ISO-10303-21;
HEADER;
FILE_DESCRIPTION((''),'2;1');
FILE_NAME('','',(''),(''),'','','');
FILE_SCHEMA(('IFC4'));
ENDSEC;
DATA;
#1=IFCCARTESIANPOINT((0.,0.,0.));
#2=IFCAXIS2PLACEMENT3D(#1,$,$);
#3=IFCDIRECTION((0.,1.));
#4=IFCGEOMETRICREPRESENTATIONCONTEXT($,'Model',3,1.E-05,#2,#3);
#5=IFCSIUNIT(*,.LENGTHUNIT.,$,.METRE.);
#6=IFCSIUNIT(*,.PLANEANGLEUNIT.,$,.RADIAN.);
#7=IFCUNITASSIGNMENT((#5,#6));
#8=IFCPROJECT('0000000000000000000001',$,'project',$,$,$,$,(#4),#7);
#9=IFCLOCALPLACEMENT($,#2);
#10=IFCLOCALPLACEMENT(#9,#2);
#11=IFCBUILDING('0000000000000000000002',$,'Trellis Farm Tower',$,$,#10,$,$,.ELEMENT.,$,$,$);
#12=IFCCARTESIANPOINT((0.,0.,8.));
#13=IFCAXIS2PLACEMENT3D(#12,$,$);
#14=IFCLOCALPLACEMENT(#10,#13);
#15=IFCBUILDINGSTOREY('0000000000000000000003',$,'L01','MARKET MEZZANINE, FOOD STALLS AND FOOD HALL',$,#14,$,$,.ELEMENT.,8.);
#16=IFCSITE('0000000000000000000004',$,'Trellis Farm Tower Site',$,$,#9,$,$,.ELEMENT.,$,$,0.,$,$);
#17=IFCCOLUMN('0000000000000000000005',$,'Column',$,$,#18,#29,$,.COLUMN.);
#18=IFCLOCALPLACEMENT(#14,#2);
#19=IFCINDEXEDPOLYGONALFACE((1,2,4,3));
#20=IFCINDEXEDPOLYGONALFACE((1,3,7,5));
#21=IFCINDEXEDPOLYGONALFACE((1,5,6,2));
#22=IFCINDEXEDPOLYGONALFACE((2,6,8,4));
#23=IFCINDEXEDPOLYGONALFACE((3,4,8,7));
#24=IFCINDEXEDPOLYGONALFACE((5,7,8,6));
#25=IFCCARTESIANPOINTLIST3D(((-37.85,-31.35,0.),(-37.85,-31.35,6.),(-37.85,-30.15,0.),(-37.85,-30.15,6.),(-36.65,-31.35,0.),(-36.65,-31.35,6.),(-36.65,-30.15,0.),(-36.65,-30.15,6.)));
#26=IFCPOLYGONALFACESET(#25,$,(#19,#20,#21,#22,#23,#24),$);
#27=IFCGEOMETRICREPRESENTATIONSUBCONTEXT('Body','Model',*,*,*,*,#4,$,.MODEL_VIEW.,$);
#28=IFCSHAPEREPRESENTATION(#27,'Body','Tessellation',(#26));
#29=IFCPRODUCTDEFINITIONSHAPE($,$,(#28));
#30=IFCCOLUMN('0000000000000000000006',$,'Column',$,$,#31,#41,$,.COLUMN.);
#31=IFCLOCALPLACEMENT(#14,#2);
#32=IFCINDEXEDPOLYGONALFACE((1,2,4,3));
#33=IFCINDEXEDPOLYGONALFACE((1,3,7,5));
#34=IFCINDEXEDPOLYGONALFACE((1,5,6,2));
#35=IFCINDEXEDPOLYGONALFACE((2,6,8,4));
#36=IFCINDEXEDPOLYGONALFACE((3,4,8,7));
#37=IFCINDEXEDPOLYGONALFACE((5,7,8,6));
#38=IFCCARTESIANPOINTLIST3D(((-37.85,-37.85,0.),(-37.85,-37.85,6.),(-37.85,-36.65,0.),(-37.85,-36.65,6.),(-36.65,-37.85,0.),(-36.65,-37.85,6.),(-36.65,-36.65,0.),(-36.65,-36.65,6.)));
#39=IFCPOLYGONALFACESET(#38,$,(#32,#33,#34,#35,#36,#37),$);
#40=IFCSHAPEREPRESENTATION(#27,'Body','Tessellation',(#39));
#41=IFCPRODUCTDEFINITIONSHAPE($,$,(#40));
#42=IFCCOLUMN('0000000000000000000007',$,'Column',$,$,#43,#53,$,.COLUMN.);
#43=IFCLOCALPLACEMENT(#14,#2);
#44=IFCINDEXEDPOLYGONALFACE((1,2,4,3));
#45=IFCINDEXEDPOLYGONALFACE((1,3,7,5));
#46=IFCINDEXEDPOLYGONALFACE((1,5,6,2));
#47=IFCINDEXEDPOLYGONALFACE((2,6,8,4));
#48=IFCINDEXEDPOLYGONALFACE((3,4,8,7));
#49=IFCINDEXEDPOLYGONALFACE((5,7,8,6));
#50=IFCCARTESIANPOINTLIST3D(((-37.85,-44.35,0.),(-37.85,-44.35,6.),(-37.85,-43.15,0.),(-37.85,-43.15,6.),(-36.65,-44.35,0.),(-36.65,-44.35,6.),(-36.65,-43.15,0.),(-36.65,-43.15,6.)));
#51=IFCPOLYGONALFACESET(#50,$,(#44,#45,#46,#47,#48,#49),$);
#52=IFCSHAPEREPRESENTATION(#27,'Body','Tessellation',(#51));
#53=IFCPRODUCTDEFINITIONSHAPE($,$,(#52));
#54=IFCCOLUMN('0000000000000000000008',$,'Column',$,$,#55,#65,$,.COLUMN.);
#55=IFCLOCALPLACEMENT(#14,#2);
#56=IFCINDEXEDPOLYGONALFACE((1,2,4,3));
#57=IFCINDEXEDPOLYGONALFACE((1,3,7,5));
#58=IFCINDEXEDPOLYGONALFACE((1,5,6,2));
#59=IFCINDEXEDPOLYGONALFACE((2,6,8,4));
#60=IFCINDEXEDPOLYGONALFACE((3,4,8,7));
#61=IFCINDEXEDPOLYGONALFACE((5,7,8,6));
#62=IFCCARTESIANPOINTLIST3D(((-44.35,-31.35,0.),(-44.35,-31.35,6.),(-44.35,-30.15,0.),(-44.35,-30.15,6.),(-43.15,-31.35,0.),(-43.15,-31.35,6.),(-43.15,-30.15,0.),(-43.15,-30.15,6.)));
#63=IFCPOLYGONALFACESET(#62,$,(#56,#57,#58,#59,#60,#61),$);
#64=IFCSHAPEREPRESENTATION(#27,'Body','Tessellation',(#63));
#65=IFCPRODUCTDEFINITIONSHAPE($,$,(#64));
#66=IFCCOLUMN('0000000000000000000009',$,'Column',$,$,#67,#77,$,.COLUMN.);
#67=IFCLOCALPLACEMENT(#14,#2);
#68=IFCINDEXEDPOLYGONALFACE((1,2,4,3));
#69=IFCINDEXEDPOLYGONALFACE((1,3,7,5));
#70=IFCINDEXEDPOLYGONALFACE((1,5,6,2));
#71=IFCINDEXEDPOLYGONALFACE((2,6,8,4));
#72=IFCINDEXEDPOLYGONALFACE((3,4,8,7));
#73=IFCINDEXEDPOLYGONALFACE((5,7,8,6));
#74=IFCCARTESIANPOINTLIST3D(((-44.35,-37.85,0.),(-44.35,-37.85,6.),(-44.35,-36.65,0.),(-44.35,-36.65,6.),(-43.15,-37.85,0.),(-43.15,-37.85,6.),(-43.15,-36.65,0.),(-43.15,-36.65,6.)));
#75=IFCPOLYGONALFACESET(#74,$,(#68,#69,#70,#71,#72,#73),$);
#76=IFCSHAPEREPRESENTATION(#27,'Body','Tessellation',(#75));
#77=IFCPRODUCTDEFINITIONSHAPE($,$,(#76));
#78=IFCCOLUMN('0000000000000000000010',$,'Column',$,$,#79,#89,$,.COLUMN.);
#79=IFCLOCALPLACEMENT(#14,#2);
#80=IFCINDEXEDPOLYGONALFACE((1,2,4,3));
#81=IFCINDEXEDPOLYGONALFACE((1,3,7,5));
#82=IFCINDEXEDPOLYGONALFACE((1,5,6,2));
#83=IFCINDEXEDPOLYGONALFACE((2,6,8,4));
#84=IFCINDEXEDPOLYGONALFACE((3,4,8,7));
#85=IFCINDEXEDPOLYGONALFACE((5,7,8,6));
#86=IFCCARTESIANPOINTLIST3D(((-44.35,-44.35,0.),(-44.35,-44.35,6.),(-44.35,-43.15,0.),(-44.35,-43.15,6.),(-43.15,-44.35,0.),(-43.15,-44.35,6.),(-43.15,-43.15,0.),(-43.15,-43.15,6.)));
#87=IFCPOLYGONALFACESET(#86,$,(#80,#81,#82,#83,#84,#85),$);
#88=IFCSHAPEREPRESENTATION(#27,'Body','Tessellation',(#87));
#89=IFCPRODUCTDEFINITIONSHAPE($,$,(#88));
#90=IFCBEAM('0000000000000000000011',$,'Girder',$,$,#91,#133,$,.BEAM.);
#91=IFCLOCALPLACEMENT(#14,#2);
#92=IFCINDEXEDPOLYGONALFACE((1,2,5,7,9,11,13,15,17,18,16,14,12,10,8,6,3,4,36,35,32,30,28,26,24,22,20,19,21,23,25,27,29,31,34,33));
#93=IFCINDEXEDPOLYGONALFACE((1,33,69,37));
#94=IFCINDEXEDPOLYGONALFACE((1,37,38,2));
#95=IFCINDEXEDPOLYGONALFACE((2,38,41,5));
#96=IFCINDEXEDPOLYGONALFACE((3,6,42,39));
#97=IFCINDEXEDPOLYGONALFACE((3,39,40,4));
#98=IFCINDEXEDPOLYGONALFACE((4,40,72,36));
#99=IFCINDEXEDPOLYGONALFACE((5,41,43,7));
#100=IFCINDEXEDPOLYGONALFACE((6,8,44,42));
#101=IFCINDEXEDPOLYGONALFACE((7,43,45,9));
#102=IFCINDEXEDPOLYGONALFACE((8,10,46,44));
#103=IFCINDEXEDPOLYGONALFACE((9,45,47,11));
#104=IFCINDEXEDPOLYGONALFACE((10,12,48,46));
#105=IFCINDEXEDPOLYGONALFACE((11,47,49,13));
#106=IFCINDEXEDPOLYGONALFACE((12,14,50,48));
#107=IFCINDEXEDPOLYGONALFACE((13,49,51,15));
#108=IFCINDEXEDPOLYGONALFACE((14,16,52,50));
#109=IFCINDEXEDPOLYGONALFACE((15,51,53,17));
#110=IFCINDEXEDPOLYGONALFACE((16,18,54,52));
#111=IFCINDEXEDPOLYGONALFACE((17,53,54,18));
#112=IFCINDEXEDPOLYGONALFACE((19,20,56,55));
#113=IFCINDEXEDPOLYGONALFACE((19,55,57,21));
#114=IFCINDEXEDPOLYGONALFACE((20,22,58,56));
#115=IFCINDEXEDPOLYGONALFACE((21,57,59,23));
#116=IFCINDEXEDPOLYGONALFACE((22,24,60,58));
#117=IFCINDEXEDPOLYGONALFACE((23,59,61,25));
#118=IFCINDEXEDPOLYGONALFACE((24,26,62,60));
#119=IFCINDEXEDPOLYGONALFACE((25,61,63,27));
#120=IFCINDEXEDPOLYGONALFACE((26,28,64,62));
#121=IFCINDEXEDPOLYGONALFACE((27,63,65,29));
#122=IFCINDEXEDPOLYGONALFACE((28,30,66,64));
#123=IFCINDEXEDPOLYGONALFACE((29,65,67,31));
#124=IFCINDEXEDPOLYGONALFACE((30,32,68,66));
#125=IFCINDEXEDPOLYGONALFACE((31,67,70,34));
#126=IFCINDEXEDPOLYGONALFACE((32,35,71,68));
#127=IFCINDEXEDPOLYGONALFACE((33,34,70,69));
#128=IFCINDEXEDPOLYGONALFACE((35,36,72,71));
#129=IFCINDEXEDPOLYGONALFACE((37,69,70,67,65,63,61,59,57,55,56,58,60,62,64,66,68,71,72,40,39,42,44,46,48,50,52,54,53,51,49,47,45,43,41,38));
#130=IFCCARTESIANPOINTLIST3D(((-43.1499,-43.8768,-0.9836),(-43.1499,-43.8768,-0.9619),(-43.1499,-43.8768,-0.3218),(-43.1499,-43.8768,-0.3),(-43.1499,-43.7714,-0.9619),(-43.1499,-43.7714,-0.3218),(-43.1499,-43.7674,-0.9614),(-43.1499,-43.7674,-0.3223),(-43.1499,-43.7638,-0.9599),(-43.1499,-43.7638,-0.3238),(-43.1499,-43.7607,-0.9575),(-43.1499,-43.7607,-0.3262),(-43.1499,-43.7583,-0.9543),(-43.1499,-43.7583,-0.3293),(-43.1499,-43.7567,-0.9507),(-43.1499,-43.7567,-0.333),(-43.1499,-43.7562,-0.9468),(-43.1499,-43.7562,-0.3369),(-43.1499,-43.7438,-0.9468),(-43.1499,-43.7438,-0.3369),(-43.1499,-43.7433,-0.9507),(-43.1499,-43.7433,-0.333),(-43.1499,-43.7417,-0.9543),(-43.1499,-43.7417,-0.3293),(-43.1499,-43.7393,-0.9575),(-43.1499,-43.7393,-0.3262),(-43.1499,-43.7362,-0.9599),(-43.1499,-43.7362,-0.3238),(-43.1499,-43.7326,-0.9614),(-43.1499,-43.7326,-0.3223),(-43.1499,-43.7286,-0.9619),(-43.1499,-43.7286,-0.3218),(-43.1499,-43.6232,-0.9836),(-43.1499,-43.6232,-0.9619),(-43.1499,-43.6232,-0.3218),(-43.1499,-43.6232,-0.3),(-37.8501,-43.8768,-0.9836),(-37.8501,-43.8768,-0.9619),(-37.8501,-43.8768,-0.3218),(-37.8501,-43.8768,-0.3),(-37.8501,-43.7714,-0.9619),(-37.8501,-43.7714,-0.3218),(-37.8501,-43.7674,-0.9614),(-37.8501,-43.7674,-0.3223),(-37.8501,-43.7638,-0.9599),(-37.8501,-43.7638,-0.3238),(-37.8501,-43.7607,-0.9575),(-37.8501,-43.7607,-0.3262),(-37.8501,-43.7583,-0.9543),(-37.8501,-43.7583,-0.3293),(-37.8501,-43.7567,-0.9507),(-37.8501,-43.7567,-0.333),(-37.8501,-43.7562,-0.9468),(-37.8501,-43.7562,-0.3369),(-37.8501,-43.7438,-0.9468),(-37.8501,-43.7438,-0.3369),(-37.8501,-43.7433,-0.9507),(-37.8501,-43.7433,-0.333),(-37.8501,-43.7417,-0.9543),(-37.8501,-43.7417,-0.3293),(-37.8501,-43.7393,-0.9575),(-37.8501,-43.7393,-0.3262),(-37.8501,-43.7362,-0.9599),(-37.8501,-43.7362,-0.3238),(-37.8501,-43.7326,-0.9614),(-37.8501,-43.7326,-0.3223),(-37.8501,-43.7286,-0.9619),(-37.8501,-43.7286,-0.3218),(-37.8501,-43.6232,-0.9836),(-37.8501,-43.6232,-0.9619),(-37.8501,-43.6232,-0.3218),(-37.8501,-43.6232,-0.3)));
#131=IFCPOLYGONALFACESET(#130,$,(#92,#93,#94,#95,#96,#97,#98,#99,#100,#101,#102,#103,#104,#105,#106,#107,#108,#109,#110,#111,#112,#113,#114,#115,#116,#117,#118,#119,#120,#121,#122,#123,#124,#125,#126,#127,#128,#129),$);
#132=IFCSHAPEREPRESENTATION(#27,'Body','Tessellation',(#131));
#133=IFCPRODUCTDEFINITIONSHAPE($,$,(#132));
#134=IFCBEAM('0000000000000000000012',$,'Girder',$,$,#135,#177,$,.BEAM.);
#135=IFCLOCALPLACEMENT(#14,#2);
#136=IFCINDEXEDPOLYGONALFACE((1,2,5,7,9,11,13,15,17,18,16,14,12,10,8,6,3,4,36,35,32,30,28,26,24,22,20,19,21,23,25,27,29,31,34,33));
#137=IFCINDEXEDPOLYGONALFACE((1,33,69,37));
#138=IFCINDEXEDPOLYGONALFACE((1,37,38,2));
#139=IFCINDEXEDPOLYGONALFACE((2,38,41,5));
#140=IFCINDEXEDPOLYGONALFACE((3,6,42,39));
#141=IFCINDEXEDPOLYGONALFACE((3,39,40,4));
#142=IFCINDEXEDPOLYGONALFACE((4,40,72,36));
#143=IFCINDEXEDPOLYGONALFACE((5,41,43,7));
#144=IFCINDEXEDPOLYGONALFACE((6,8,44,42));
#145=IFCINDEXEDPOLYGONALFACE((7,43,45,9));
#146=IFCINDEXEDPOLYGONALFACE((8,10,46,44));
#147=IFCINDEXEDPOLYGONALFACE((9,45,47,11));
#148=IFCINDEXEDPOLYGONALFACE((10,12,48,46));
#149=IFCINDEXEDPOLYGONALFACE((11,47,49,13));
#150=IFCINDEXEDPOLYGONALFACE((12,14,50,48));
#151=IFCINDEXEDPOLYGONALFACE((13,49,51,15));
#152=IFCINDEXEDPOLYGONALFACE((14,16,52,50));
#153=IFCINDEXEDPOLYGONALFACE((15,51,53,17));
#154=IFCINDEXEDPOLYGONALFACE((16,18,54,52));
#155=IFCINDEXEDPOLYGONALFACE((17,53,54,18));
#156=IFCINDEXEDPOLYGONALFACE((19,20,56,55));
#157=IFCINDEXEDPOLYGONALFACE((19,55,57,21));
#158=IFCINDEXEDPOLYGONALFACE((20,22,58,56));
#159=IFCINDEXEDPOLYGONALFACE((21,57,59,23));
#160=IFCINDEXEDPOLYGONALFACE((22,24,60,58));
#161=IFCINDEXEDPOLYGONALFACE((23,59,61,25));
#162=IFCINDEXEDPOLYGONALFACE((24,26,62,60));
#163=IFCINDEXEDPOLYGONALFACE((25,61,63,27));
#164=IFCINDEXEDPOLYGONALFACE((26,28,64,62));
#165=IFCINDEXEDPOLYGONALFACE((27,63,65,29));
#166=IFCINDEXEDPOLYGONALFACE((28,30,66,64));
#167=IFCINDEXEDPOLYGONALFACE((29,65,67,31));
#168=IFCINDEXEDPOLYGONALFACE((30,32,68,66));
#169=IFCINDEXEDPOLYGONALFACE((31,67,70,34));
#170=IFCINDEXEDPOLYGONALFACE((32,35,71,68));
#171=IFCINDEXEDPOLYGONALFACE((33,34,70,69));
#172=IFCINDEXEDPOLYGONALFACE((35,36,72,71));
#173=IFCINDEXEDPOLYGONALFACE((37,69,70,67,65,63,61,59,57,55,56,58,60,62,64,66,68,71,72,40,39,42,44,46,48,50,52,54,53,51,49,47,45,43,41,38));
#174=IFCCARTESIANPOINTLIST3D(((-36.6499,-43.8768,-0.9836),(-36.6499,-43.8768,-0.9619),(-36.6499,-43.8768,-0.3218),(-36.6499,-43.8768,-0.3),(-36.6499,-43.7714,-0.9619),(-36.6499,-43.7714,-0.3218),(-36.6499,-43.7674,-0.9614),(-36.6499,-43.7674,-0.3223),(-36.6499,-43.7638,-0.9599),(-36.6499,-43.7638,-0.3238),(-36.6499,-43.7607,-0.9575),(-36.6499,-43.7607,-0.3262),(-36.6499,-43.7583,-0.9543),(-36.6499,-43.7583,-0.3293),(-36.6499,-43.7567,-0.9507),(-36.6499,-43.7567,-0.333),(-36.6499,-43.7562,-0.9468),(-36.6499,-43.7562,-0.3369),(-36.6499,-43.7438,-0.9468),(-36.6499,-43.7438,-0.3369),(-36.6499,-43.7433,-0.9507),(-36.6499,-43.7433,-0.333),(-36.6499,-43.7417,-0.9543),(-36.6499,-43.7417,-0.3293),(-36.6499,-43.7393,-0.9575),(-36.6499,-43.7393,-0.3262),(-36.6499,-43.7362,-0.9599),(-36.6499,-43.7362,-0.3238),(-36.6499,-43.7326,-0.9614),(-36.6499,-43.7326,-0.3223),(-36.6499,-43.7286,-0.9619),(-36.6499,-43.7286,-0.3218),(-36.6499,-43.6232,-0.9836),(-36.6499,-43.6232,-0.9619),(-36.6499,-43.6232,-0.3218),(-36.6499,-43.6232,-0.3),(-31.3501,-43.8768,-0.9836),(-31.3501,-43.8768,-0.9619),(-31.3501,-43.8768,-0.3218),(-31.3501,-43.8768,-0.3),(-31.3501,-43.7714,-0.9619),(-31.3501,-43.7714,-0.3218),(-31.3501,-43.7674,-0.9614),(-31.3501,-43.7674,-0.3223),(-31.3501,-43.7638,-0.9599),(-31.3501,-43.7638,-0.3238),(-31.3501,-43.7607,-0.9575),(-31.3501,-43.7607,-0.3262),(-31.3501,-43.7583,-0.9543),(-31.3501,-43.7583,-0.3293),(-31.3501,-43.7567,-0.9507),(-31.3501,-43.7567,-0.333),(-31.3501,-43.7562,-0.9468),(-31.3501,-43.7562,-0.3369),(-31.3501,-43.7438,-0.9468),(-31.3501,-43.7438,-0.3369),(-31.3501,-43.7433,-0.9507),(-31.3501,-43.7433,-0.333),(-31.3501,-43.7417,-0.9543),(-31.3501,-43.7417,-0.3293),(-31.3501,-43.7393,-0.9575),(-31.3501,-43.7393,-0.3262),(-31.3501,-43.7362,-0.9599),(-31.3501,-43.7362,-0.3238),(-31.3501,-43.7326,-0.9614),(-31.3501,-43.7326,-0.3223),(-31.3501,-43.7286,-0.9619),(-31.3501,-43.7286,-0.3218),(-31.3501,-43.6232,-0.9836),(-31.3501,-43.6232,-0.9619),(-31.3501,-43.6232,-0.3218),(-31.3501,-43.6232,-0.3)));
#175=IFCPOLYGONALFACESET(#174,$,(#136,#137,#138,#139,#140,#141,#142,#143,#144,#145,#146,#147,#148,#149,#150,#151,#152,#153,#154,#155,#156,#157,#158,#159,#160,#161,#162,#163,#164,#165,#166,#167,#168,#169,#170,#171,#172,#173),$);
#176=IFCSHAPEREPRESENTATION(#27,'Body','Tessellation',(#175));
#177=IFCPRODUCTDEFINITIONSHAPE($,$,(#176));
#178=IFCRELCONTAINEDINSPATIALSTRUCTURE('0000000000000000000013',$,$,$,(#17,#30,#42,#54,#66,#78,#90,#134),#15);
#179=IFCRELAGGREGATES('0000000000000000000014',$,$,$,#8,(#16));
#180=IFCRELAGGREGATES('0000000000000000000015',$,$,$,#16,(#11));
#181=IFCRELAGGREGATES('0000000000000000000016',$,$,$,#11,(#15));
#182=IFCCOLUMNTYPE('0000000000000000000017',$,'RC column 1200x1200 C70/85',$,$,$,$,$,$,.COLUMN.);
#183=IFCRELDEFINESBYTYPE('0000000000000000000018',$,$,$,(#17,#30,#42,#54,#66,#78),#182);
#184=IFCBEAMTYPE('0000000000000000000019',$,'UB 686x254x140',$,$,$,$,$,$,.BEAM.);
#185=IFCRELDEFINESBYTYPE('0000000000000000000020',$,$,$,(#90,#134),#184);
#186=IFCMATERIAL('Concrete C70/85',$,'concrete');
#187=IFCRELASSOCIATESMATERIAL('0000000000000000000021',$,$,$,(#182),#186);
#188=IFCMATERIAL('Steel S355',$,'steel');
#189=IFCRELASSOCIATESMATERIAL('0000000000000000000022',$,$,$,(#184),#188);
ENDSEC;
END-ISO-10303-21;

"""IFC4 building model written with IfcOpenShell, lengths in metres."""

from ifc_helpers import new_model, si_unit, direction, frame, origin, origin_2d, place, context, subcontext, project, spatial, rectangle, i_section, extrude, source, transform, mapped, material, material_profile, profile_set, type_object, element, save


model = new_model("IFC4")

# Units and contexts
model_context = context("Model", 3, precision=1e-05, world=origin(), true_north=direction((0.0, 1.0)))
body_context = subcontext(model_context, "Body", "Model", "MODEL_VIEW")
ifc_project = project(units=[si_unit("LENGTHUNIT", "METRE"), si_unit("PLANEANGLEUNIT", "RADIAN")], contexts=[model_context])

# Site, building, storey
site_placement = place(None, origin())
site = spatial("IfcSite", under=ifc_project, at=site_placement, Name="Trellis Farm Tower Site", CompositionType="ELEMENT", RefElevation=0.0)
building_placement = place(site_placement, origin())
building = spatial("IfcBuilding", under=site, at=building_placement, Name="Trellis Farm Tower", CompositionType="ELEMENT")
storey_placement = place(building_placement, frame((0.0, 0.0, 8.0)))
storey = spatial("IfcBuildingStorey", under=building, at=storey_placement, Name="L01", Description="MARKET MEZZANINE, FOOD STALLS AND FOOD HALL", CompositionType="ELEMENT", Elevation=8.0)

# Columns
ifc_material_1 = material(Name="Concrete C70/85", Category="concrete")
ifc_material_profile_1 = material_profile(ifc_material_1, rectangle(XDim=1.2, YDim=1.2, at=origin_2d()), Name="RC column 1200x1200 C70/85")
ifc_profile_set_1 = profile_set([ifc_material_profile_1], Name="Concrete C70/85")
column_type = type_object("IfcColumnType", Name="RC column 1200x1200 C70/85", PredefinedType="COLUMN", material=ifc_profile_set_1)
shared_shape_1 = source(origin(), body_context, "Body", "SweptSolid", [
    extrude(rectangle(XDim=1.2, YDim=1.2, at=origin_2d()), origin(), (0.0, 0.0, 1.0), 6.0),
])
for number, where, z_axis, x_axis, name in (
    (1, (-37.25, -30.75, 0.0), (0.0, 0.0, 1.0), (1.0, 0.0, 0.0), "Column"),
    (2, (-37.25, -37.25, 0.0), (0.0, 0.0, 1.0), (1.0, 0.0, 0.0), "Column"),
    (3, (-37.25, -43.75, 0.0), (0.0, 0.0, 1.0), (1.0, 0.0, 0.0), "Column"),
    (4, (-43.75, -30.75, 0.0), (0.0, 0.0, 1.0), (1.0, 0.0, 0.0), "Column"),
    (5, (-43.75, -37.25, 0.0), (0.0, 0.0, 1.0), (1.0, 0.0, 0.0), "Column"),
    (6, (-43.75, -43.75, 0.0), (0.0, 0.0, 1.0), (1.0, 0.0, 0.0), "Column"),
):
    element("IfcColumn", number, at=place(storey_placement, frame(where, z_axis=z_axis, x_axis=x_axis)), inside=storey, type_object=column_type, Name=name, PredefinedType="COLUMN", context=body_context, shape_type="MappedRepresentation", body=[
        mapped(shared_shape_1, transform((0.0, 0.0, 0.0))),
    ])

# Beams
ifc_material_2 = material(Name="Steel S355", Category="steel")
ifc_material_profile_2 = material_profile(ifc_material_2, i_section(OverallWidth=0.2537, OverallDepth=0.6836, WebThickness=0.0125, FlangeThickness=0.0217, FilletRadius=0.0151, at=origin_2d()), Name="UB 686x254x140")
ifc_profile_set_2 = profile_set([ifc_material_profile_2], Name="Steel S355")
beam_type_1 = type_object("IfcBeamType", Name="UB 686x254x140", PredefinedType="BEAM", material=ifc_profile_set_2)
shared_shape_2 = source(origin(), body_context, "Body", "SweptSolid", [
    extrude(i_section(OverallWidth=0.2537, OverallDepth=0.6836, WebThickness=0.0125, FlangeThickness=0.0217, FilletRadius=0.0151, at=origin_2d()), origin(), (0.0, 0.0, 1.0), 5.2998),
])
for number, where, z_axis, x_axis, name in (
    (7, (-43.1499, -43.75, -0.6418), (1.0, 0.0, 0.0), (0.0, 1.0, 0.0), "Girder"),
    (8, (-36.6499, -43.75, -0.6418), (1.0, 0.0, 0.0), (0.0, 1.0, 0.0), "Girder"),
):
    element("IfcBeam", number, at=place(storey_placement, frame(where, z_axis=z_axis, x_axis=x_axis)), inside=storey, type_object=beam_type_1, Name=name, PredefinedType="BEAM", context=body_context, shape_type="MappedRepresentation", body=[
        mapped(shared_shape_2, transform((0.0, 0.0, 0.0))),
    ])

save(model, "model.ifc")
